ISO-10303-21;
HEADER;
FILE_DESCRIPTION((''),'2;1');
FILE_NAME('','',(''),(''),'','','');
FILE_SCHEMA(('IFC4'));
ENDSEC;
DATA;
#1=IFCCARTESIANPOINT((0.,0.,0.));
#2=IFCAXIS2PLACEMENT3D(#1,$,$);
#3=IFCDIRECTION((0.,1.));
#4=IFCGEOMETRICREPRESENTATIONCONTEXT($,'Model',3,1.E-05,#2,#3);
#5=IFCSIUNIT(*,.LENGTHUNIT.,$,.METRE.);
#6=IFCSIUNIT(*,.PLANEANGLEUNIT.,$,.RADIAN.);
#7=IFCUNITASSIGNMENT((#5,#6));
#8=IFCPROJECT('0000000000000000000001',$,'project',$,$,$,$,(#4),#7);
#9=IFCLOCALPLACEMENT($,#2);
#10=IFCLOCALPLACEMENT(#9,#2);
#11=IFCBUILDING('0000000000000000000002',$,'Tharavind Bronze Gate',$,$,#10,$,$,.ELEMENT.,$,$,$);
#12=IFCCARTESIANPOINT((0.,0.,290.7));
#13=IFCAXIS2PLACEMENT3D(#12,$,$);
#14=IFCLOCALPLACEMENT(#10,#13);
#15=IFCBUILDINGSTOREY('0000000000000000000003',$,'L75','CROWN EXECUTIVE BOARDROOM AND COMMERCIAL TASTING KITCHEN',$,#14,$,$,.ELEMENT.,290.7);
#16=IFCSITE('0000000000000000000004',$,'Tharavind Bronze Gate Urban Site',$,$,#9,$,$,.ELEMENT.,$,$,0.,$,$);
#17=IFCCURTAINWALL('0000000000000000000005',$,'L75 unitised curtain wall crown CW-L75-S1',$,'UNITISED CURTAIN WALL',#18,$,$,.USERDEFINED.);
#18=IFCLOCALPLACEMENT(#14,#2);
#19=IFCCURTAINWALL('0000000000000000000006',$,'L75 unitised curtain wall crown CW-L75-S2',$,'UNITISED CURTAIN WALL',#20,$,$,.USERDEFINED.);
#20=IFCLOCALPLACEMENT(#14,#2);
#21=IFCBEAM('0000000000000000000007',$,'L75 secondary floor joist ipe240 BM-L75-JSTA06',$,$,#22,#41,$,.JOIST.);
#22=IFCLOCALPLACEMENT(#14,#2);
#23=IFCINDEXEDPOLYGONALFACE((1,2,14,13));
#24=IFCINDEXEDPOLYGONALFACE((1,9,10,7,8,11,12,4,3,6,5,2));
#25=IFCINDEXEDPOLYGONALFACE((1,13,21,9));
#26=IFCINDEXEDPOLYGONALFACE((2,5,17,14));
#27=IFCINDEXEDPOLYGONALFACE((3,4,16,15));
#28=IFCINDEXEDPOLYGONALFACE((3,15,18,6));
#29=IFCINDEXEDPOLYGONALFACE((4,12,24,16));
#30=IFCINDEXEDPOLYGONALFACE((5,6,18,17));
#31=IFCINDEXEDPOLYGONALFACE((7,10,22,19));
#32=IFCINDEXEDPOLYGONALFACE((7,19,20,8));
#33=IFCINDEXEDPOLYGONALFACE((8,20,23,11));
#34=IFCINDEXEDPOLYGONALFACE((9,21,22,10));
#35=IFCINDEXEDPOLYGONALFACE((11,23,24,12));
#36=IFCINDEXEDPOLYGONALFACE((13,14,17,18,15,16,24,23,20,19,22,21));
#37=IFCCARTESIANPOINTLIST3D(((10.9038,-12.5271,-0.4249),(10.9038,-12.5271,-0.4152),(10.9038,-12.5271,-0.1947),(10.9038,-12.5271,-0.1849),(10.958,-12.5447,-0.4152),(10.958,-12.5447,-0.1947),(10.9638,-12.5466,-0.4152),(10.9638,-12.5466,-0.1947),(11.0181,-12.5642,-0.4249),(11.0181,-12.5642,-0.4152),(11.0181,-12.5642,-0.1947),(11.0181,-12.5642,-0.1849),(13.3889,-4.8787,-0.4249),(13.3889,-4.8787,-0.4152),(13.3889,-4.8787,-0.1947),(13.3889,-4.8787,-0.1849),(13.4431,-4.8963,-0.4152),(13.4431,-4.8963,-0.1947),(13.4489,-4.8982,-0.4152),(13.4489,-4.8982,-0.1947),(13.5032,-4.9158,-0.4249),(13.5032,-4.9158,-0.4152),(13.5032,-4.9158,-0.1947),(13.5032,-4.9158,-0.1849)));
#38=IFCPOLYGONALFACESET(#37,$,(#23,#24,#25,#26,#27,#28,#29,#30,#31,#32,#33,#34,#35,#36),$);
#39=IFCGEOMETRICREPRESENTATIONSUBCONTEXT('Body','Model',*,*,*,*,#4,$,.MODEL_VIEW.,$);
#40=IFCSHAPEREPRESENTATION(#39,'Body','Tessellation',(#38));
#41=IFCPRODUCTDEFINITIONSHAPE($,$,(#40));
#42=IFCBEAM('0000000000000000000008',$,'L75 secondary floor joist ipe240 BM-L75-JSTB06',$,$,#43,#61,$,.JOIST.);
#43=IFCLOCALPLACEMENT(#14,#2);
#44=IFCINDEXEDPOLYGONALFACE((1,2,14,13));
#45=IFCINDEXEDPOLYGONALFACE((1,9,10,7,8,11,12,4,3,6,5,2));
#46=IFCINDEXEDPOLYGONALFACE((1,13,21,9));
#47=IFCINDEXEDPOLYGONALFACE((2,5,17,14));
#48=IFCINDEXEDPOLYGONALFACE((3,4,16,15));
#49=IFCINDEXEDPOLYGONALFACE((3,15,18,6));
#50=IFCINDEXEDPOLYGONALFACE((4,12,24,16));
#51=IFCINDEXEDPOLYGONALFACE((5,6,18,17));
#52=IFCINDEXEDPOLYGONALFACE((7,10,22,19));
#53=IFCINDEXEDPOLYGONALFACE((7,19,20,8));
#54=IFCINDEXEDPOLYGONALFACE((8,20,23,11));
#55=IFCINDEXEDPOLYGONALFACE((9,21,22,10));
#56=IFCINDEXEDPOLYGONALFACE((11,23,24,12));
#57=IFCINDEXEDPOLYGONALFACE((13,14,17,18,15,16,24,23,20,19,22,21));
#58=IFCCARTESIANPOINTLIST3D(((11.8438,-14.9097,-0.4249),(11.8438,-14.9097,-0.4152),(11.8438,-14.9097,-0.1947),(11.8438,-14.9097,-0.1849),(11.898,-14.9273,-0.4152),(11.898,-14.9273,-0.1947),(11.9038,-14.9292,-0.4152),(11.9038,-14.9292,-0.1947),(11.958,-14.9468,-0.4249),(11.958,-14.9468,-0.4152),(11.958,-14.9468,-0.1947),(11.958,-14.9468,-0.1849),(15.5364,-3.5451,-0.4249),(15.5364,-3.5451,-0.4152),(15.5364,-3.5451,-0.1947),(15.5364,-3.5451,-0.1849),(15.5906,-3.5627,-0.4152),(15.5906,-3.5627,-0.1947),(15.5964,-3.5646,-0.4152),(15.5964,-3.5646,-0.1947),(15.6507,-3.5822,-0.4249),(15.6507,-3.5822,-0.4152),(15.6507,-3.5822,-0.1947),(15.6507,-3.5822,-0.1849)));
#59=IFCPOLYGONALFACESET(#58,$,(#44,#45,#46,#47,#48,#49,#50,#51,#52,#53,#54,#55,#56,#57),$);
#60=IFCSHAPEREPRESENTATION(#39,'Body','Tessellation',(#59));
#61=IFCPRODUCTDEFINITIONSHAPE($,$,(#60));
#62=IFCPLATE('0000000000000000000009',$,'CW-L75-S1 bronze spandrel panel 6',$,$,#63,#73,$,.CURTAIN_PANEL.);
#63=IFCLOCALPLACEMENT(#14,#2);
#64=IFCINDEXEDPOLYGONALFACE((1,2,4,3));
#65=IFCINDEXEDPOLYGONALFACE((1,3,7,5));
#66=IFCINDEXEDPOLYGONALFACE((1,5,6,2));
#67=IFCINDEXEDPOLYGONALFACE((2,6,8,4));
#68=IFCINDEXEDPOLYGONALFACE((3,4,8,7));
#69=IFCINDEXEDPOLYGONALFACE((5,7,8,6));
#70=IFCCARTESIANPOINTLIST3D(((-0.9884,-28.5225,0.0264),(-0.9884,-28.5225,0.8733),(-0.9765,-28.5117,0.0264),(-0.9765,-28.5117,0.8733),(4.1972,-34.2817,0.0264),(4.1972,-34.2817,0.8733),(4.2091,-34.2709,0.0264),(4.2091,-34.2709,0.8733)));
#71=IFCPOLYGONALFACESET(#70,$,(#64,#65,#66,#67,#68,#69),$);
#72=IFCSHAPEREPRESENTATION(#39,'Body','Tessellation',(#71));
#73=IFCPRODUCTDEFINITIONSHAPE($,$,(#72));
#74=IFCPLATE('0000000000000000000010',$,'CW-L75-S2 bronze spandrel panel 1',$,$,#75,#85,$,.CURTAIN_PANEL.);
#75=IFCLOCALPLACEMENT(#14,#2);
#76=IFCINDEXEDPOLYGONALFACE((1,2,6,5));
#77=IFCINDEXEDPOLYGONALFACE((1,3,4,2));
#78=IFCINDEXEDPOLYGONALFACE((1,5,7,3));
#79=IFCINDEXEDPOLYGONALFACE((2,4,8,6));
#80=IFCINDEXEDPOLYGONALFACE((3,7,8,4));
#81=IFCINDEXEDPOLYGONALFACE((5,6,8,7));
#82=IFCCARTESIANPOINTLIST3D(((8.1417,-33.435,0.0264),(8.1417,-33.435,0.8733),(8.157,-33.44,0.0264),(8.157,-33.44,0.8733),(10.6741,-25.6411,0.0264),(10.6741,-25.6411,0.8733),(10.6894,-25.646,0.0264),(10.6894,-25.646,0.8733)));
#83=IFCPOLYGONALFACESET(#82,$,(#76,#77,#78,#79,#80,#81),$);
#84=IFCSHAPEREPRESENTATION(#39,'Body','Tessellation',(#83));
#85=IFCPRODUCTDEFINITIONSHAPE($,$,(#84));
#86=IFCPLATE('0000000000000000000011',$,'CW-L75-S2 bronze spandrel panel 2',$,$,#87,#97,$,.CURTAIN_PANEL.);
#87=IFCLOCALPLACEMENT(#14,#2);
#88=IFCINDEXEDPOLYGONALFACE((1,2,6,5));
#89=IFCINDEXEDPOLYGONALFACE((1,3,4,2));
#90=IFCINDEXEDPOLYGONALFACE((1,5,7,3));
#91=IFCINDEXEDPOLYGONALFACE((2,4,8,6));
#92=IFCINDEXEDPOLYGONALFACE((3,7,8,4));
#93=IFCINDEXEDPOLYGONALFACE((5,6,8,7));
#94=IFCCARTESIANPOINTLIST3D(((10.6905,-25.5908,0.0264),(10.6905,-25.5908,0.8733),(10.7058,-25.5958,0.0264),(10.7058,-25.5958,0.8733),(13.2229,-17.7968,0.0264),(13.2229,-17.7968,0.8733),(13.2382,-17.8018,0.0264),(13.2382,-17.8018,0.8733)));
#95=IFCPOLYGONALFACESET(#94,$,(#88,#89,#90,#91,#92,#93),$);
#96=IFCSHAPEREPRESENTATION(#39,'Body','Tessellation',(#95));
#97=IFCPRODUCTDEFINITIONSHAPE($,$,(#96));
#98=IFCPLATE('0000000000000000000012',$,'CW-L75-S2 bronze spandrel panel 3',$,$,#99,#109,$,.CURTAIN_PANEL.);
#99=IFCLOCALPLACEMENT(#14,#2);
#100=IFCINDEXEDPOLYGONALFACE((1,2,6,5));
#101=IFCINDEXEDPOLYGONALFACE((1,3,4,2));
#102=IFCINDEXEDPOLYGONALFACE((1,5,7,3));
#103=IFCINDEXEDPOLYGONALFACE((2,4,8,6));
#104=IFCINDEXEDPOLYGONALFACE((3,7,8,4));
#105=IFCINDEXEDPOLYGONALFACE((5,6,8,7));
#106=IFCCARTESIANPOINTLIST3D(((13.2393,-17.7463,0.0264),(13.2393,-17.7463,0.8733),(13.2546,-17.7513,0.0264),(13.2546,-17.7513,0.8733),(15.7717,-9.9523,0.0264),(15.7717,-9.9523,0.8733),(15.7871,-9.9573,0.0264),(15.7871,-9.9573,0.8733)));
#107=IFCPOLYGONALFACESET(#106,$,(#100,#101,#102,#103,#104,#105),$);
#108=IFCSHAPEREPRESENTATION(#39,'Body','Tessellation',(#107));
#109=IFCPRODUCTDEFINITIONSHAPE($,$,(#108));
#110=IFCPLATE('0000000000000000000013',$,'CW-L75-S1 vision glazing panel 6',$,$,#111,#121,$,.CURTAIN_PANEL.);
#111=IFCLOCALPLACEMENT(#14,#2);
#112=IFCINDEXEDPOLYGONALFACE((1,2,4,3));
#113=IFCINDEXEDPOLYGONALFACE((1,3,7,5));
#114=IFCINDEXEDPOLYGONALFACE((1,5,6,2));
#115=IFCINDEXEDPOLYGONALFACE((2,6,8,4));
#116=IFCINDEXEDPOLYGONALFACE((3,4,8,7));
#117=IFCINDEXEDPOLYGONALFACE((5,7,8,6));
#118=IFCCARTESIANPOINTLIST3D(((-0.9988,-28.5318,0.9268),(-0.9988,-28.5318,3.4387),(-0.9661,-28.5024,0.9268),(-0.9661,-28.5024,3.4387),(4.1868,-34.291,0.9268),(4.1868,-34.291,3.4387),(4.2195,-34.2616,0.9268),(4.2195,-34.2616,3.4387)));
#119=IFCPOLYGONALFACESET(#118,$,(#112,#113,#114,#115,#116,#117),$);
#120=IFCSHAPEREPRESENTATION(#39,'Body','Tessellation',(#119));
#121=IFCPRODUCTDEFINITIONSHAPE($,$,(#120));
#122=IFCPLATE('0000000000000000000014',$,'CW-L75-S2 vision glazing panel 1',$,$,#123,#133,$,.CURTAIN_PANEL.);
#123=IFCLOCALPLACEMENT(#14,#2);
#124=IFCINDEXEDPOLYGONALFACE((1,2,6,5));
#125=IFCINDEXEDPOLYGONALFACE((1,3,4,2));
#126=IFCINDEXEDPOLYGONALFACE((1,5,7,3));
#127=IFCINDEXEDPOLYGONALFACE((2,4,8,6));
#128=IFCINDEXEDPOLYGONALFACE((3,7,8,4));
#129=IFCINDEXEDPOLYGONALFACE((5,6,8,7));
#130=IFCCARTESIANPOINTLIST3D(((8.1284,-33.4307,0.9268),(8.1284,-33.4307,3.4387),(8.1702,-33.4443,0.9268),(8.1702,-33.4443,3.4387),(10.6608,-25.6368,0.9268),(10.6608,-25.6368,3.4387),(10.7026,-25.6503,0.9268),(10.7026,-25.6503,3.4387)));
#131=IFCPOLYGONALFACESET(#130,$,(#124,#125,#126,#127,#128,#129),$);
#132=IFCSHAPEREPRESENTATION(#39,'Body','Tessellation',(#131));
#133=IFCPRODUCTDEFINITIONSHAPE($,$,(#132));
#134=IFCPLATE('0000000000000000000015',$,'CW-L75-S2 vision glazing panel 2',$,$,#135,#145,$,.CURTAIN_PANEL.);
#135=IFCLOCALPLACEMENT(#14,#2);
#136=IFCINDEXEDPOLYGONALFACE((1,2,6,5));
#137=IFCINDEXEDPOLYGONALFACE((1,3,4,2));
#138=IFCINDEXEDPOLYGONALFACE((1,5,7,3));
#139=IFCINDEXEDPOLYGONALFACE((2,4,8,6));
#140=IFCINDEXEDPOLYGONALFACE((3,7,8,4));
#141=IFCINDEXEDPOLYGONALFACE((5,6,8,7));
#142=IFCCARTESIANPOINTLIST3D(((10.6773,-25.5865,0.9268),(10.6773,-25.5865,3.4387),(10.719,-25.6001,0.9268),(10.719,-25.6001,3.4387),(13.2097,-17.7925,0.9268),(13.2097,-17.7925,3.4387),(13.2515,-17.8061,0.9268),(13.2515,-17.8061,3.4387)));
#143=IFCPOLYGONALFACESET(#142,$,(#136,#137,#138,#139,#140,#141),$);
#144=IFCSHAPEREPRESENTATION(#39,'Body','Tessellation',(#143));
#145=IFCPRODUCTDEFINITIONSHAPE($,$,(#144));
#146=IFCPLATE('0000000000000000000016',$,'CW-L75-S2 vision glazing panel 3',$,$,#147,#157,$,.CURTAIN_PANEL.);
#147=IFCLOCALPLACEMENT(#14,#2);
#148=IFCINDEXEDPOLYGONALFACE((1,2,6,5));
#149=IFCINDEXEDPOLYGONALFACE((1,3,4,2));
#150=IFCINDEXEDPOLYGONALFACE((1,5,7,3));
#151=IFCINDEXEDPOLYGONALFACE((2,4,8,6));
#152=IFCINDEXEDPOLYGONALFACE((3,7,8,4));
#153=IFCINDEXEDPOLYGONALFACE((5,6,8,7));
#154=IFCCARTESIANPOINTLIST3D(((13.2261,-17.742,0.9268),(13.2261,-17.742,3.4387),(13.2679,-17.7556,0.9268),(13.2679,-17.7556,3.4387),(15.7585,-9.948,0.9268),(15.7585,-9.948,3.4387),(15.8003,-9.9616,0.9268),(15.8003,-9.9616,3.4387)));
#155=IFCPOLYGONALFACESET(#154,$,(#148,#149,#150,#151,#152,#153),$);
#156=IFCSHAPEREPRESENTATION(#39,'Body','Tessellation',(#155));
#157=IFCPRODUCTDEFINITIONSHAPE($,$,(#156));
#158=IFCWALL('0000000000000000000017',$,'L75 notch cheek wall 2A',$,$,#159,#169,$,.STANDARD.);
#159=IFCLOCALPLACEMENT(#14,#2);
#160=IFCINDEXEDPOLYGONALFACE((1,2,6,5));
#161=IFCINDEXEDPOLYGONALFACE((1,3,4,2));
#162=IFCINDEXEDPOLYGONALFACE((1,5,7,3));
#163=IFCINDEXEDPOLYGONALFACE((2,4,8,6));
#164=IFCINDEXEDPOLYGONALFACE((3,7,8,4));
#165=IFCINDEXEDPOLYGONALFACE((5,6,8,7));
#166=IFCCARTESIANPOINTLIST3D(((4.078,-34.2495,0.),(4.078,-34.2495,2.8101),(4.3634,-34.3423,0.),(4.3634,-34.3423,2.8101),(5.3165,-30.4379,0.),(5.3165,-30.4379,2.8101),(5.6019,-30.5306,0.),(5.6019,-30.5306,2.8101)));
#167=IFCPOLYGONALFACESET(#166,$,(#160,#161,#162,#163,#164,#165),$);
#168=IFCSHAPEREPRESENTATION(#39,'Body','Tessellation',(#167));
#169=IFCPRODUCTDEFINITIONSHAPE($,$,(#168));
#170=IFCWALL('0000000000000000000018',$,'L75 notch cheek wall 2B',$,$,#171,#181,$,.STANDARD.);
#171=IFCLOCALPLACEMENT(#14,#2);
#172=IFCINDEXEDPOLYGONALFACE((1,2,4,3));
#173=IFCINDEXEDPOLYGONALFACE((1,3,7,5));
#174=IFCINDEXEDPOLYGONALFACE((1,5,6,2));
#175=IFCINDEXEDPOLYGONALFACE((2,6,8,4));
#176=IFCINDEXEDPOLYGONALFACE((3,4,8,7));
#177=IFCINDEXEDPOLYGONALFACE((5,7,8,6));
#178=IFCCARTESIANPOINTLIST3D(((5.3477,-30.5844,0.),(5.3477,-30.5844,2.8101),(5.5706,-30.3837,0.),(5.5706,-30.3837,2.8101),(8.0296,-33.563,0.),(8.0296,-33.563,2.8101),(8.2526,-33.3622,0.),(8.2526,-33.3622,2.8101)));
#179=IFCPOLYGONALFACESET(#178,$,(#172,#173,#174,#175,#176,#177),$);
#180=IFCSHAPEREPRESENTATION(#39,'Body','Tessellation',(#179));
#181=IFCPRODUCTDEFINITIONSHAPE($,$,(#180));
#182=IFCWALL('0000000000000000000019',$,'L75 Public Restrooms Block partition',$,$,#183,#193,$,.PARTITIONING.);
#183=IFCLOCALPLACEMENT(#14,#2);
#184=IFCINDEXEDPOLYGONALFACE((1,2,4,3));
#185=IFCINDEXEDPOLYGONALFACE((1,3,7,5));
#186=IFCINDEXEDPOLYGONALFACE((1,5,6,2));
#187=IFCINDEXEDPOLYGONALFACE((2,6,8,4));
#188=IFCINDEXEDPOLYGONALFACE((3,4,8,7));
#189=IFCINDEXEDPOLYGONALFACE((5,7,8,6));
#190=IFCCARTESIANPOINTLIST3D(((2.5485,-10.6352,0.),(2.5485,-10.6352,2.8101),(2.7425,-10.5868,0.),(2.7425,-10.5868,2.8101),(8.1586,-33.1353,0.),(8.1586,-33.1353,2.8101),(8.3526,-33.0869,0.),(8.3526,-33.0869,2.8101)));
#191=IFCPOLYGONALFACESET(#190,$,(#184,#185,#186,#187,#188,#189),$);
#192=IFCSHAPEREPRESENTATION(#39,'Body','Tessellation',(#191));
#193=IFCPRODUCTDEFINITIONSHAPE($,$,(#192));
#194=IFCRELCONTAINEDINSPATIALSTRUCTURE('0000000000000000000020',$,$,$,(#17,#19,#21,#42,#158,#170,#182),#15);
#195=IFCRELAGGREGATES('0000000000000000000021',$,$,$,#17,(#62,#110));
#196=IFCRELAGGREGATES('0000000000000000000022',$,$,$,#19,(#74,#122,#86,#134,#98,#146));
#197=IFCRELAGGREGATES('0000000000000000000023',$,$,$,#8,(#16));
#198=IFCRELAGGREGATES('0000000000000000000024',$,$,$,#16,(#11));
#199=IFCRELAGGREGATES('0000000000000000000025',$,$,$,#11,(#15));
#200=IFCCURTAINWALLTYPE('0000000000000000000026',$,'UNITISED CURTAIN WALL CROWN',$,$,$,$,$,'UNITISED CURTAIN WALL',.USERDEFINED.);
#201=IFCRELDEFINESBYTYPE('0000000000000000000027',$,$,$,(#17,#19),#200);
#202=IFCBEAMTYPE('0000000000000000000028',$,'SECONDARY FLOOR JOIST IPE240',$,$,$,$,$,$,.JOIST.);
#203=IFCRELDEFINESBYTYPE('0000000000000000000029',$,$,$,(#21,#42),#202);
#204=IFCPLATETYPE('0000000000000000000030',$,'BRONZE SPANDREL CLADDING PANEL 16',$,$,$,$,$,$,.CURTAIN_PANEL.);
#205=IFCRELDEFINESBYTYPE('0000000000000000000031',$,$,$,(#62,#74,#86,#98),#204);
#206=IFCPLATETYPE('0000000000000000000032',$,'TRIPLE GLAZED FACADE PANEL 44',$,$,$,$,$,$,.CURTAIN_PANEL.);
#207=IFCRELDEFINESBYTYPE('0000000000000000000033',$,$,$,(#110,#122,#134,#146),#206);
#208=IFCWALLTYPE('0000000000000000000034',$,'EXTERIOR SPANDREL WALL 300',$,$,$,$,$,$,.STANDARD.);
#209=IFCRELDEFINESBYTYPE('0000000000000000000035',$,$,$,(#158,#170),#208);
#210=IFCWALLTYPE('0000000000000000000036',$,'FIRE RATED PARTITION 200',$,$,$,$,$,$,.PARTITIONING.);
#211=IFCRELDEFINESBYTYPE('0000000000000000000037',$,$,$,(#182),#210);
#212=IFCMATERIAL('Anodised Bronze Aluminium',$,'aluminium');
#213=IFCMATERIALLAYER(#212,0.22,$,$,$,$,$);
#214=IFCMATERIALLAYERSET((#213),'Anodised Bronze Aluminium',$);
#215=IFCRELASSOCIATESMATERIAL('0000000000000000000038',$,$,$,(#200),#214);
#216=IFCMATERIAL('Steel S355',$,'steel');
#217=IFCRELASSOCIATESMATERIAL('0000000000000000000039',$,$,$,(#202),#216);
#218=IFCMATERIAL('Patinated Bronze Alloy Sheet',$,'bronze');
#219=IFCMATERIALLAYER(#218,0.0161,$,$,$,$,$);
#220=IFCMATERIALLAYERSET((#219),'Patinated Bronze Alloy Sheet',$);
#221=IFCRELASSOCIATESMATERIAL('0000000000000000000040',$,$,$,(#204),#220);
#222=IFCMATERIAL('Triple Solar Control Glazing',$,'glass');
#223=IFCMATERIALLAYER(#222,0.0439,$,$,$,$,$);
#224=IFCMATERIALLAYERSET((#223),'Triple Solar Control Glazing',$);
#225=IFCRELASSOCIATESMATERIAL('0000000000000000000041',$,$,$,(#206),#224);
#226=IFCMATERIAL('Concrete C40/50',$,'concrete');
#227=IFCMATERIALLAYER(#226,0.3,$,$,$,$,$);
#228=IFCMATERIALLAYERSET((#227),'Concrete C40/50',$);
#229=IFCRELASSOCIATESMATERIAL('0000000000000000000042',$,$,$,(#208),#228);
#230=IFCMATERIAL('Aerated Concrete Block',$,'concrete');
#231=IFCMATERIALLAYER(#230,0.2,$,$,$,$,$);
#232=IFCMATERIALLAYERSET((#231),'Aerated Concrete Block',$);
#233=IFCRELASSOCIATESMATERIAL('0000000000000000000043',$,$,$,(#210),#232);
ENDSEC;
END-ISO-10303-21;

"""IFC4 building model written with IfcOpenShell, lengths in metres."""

from ifc_helpers import new_model, si_unit, direction, frame, frame_2d, origin, origin_2d, place, context, subcontext, project, spatial, rectangle, i_section, extrude, material, layer, layer_set, material_profile, profile_set, type_object, element, aggregate, save


model = new_model("IFC4")

# Units and contexts
model_context = context("Model", 3, precision=1e-05, world=origin(), true_north=direction((0.0, 1.0)))
body_context = subcontext(model_context, "Body", "Model", "MODEL_VIEW")
ifc_project = project(units=[si_unit("LENGTHUNIT", "METRE"), si_unit("PLANEANGLEUNIT", "RADIAN")], contexts=[model_context])

# Site, building, storey
site_placement = place(None, origin())
site = spatial("IfcSite", under=ifc_project, at=site_placement, Name="Tharavind Bronze Gate Urban Site", CompositionType="ELEMENT", RefElevation=0.0)
building_placement = place(site_placement, origin())
building = spatial("IfcBuilding", under=site, at=building_placement, Name="Tharavind Bronze Gate", CompositionType="ELEMENT")
storey_placement = place(building_placement, frame((0.0, 0.0, 290.7)))
storey = spatial("IfcBuildingStorey", under=building, at=storey_placement, Name="L75", Description="CROWN EXECUTIVE BOARDROOM AND COMMERCIAL TASTING KITCHEN", CompositionType="ELEMENT", Elevation=290.7)

# Curtain wall
ifc_material_1 = material(Name="Anodised Bronze Aluminium", Category="aluminium")
ifc_layer_1 = layer(ifc_material_1, 0.22)
ifc_layer_set_1 = layer_set([ifc_layer_1], Name="Anodised Bronze Aluminium")
curtain_wall_type = type_object("IfcCurtainWallType", Name="UNITISED CURTAIN WALL CROWN", ElementType="UNITISED CURTAIN WALL", PredefinedType="USERDEFINED", material=ifc_layer_set_1)
curtain_wall_1_placement = place(storey_placement, origin())
curtain_wall_1 = element("IfcCurtainWall", 1, at=curtain_wall_1_placement, inside=storey, type_object=curtain_wall_type, Name="L75 unitised curtain wall crown CW-L75-S1", ObjectType="UNITISED CURTAIN WALL", PredefinedType="USERDEFINED")

# Curtain wall
curtain_wall_2_placement = place(storey_placement, origin())
curtain_wall_2 = element("IfcCurtainWall", 2, at=curtain_wall_2_placement, inside=storey, type_object=curtain_wall_type, Name="L75 unitised curtain wall crown CW-L75-S2", ObjectType="UNITISED CURTAIN WALL", PredefinedType="USERDEFINED")

# Beams
ifc_material_2 = material(Name="Steel S355", Category="steel")
ifc_material_profile_1 = material_profile(ifc_material_2, i_section(OverallWidth=0.1201, OverallDepth=0.24, WebThickness=0.0061, FlangeThickness=0.0098, at=origin_2d()), Name="IPE240")
ifc_profile_set_1 = profile_set([ifc_material_profile_1], Name="Steel S355")
beam_type_1 = type_object("IfcBeamType", Name="SECONDARY FLOOR JOIST IPE240", PredefinedType="JOIST", material=ifc_profile_set_1)
beam_1_placement = place(storey_placement, frame((10.9609, -12.5457, -0.3049), z_axis=(0.309015, 0.951057, 0.0), x_axis=(-0.951057, 0.309015, 0.0)))
element("IfcBeam", 3, at=beam_1_placement, inside=storey, type_object=beam_type_1, Name="L75 secondary floor joist ipe240 BM-L75-JSTA06", PredefinedType="JOIST", context=body_context, shape_type="SweptSolid", body=[
    extrude(i_section(OverallWidth=0.1201, OverallDepth=0.24, WebThickness=0.0061, FlangeThickness=0.0098, at=origin_2d()), origin(), (0.0, 0.0, 1.0), 8.042),
])
beam_2_placement = place(storey_placement, frame((11.9009, -14.9282, -0.3049), z_axis=(0.309023, 0.951055, 0.0), x_axis=(-0.951055, 0.309023, 0.0)))
element("IfcBeam", 4, at=beam_2_placement, inside=storey, type_object=beam_type_1, Name="L75 secondary floor joist ipe240 BM-L75-JSTB06", PredefinedType="JOIST", context=body_context, shape_type="SweptSolid", body=[
    extrude(i_section(OverallWidth=0.1201, OverallDepth=0.24, WebThickness=0.0061, FlangeThickness=0.0098, at=origin_2d()), origin(), (0.0, 0.0, 1.0), 11.9495),
])

# Plates
ifc_material_3 = material(Name="Patinated Bronze Alloy Sheet", Category="bronze")
ifc_layer_2 = layer(ifc_material_3, 0.0161)
ifc_layer_set_2 = layer_set([ifc_layer_2], Name="Patinated Bronze Alloy Sheet")
plate_type_1 = type_object("IfcPlateType", Name="BRONZE SPANDREL CLADDING PANEL 16", PredefinedType="CURTAIN_PANEL", material=ifc_layer_set_2)
plate_1_placement = place(storey_placement, frame((1.6104, -31.3967, 0.0264), z_axis=(0.0, 0.0, 1.0), x_axis=(0.669131, -0.743145, 0.0)))
plate_1 = element("IfcPlate", 5, at=plate_1_placement, type_object=plate_type_1, Name="CW-L75-S1 bronze spandrel panel 6", PredefinedType="CURTAIN_PANEL", context=body_context, shape_type="SweptSolid", body=[
    extrude(rectangle(XDim=7.7498, YDim=0.0161, at=origin_2d()), origin(), (0.0, 0.0, 1.0), 0.8469),
])
plate_2_placement = place(storey_placement, frame((9.4155, -29.5405, 0.0264), z_axis=(0.0, 0.0, 1.0), x_axis=(0.309017, 0.951057, 0.0)))
plate_2 = element("IfcPlate", 6, at=plate_2_placement, type_object=plate_type_1, Name="CW-L75-S2 bronze spandrel panel 1", PredefinedType="CURTAIN_PANEL", context=body_context, shape_type="SweptSolid", body=[
    extrude(rectangle(XDim=8.1951, YDim=0.0161, at=origin_2d()), origin(), (0.0, 0.0, 1.0), 0.8469),
])
plate_3_placement = place(storey_placement, frame((11.9644, -21.6963, 0.0264), z_axis=(0.0, 0.0, 1.0), x_axis=(0.309017, 0.951057, 0.0)))
plate_3 = element("IfcPlate", 7, at=plate_3_placement, type_object=plate_type_1, Name="CW-L75-S2 bronze spandrel panel 2", PredefinedType="CURTAIN_PANEL", context=body_context, shape_type="SweptSolid", body=[
    extrude(rectangle(XDim=8.1951, YDim=0.0161, at=origin_2d()), origin(), (0.0, 0.0, 1.0), 0.8469),
])
plate_4_placement = place(storey_placement, frame((14.5132, -13.8518, 0.0264), z_axis=(0.0, 0.0, 1.0), x_axis=(0.309017, 0.951057, 0.0)))
plate_4 = element("IfcPlate", 8, at=plate_4_placement, type_object=plate_type_1, Name="CW-L75-S2 bronze spandrel panel 3", PredefinedType="CURTAIN_PANEL", context=body_context, shape_type="SweptSolid", body=[
    extrude(rectangle(XDim=8.1951, YDim=0.0161, at=origin_2d()), origin(), (0.0, 0.0, 1.0), 0.8469),
])
ifc_material_4 = material(Name="Triple Solar Control Glazing", Category="glass")
ifc_layer_3 = layer(ifc_material_4, 0.0439)
ifc_layer_set_3 = layer_set([ifc_layer_3], Name="Triple Solar Control Glazing")
plate_type_2 = type_object("IfcPlateType", Name="TRIPLE GLAZED FACADE PANEL 44", PredefinedType="CURTAIN_PANEL", material=ifc_layer_set_3)
plate_5_placement = place(storey_placement, frame((1.6104, -31.3967, 0.9268), z_axis=(0.0, 0.0, 1.0), x_axis=(0.669131, -0.743145, 0.0)))
plate_5 = element("IfcPlate", 9, at=plate_5_placement, type_object=plate_type_2, Name="CW-L75-S1 vision glazing panel 6", PredefinedType="CURTAIN_PANEL", context=body_context, shape_type="SweptSolid", body=[
    extrude(rectangle(XDim=7.7498, YDim=0.0439, at=origin_2d()), origin(), (0.0, 0.0, 1.0), 2.512),
])
aggregate(curtain_wall_1, [plate_1, plate_5])
plate_6_placement = place(storey_placement, frame((9.4155, -29.5405, 0.9268), z_axis=(0.0, 0.0, 1.0), x_axis=(0.309017, 0.951057, 0.0)))
plate_6 = element("IfcPlate", 10, at=plate_6_placement, type_object=plate_type_2, Name="CW-L75-S2 vision glazing panel 1", PredefinedType="CURTAIN_PANEL", context=body_context, shape_type="SweptSolid", body=[
    extrude(rectangle(XDim=8.1951, YDim=0.0439, at=origin_2d()), origin(), (0.0, 0.0, 1.0), 2.512),
])
plate_7_placement = place(storey_placement, frame((11.9644, -21.6963, 0.9268), z_axis=(0.0, 0.0, 1.0), x_axis=(0.309017, 0.951057, 0.0)))
plate_7 = element("IfcPlate", 11, at=plate_7_placement, type_object=plate_type_2, Name="CW-L75-S2 vision glazing panel 2", PredefinedType="CURTAIN_PANEL", context=body_context, shape_type="SweptSolid", body=[
    extrude(rectangle(XDim=8.1951, YDim=0.0439, at=origin_2d()), origin(), (0.0, 0.0, 1.0), 2.512),
])
plate_8_placement = place(storey_placement, frame((14.5132, -13.8518, 0.9268), z_axis=(0.0, 0.0, 1.0), x_axis=(0.309017, 0.951057, 0.0)))
plate_8 = element("IfcPlate", 12, at=plate_8_placement, type_object=plate_type_2, Name="CW-L75-S2 vision glazing panel 3", PredefinedType="CURTAIN_PANEL", context=body_context, shape_type="SweptSolid", body=[
    extrude(rectangle(XDim=8.1951, YDim=0.0439, at=origin_2d()), origin(), (0.0, 0.0, 1.0), 2.512),
])
aggregate(curtain_wall_2, [plate_2, plate_6, plate_3, plate_7, plate_4, plate_8])

# Walls
ifc_material_5 = material(Name="Concrete C40/50", Category="concrete")
ifc_layer_4 = layer(ifc_material_5, 0.3)
ifc_layer_set_4 = layer_set([ifc_layer_4], Name="Concrete C40/50")
wall_type_1 = type_object("IfcWallType", Name="EXTERIOR SPANDREL WALL 300", PredefinedType="STANDARD", material=ifc_layer_set_4)
wall_1_placement = place(storey_placement, frame((4.2207, -34.2959, 0.0), z_axis=(0.0, 0.0, 1.0), x_axis=(0.309019, 0.951056, 0.0)))
element("IfcWall", 13, at=wall_1_placement, inside=storey, type_object=wall_type_1, Name="L75 notch cheek wall 2A", PredefinedType="STANDARD", context=body_context, shape_type="SweptSolid", body=[
    extrude(rectangle(XDim=4.0078, YDim=0.3, at=frame_2d((2.0039, 0.0))), origin(), (0.0, 0.0, 1.0), 2.8101),
])
wall_2_placement = place(storey_placement, frame((5.4592, -30.4841, 0.0), z_axis=(0.0, 0.0, 1.0), x_axis=(0.669133, -0.743143, 0.0)))
element("IfcWall", 14, at=wall_2_placement, inside=storey, type_object=wall_type_1, Name="L75 notch cheek wall 2B", PredefinedType="STANDARD", context=body_context, shape_type="SweptSolid", body=[
    extrude(rectangle(XDim=4.0081, YDim=0.3, at=frame_2d((2.0039, 0.0))), origin(), (0.0, 0.0, 1.0), 2.8101),
])
ifc_material_6 = material(Name="Aerated Concrete Block", Category="concrete")
ifc_layer_5 = layer(ifc_material_6, 0.2)
ifc_layer_set_5 = layer_set([ifc_layer_5], Name="Aerated Concrete Block")
wall_type_2 = type_object("IfcWallType", Name="FIRE RATED PARTITION 200", PredefinedType="PARTITIONING", material=ifc_layer_set_5)
wall_3_placement = place(storey_placement, frame((8.2556, -33.1111, 0.0), z_axis=(0.0, 0.0, 1.0), x_axis=(-0.241931, 0.970293, 0.0)))
element("IfcWall", 15, at=wall_3_placement, inside=storey, type_object=wall_type_2, Name="L75 Public Restrooms Block partition", PredefinedType="PARTITIONING", context=body_context, shape_type="SweptSolid", body=[
    extrude(rectangle(XDim=23.189, YDim=0.2, at=frame_2d((11.5945, 0.0))), origin(), (0.0, 0.0, 1.0), 2.8101),
])

save(model, "model.ifc")
